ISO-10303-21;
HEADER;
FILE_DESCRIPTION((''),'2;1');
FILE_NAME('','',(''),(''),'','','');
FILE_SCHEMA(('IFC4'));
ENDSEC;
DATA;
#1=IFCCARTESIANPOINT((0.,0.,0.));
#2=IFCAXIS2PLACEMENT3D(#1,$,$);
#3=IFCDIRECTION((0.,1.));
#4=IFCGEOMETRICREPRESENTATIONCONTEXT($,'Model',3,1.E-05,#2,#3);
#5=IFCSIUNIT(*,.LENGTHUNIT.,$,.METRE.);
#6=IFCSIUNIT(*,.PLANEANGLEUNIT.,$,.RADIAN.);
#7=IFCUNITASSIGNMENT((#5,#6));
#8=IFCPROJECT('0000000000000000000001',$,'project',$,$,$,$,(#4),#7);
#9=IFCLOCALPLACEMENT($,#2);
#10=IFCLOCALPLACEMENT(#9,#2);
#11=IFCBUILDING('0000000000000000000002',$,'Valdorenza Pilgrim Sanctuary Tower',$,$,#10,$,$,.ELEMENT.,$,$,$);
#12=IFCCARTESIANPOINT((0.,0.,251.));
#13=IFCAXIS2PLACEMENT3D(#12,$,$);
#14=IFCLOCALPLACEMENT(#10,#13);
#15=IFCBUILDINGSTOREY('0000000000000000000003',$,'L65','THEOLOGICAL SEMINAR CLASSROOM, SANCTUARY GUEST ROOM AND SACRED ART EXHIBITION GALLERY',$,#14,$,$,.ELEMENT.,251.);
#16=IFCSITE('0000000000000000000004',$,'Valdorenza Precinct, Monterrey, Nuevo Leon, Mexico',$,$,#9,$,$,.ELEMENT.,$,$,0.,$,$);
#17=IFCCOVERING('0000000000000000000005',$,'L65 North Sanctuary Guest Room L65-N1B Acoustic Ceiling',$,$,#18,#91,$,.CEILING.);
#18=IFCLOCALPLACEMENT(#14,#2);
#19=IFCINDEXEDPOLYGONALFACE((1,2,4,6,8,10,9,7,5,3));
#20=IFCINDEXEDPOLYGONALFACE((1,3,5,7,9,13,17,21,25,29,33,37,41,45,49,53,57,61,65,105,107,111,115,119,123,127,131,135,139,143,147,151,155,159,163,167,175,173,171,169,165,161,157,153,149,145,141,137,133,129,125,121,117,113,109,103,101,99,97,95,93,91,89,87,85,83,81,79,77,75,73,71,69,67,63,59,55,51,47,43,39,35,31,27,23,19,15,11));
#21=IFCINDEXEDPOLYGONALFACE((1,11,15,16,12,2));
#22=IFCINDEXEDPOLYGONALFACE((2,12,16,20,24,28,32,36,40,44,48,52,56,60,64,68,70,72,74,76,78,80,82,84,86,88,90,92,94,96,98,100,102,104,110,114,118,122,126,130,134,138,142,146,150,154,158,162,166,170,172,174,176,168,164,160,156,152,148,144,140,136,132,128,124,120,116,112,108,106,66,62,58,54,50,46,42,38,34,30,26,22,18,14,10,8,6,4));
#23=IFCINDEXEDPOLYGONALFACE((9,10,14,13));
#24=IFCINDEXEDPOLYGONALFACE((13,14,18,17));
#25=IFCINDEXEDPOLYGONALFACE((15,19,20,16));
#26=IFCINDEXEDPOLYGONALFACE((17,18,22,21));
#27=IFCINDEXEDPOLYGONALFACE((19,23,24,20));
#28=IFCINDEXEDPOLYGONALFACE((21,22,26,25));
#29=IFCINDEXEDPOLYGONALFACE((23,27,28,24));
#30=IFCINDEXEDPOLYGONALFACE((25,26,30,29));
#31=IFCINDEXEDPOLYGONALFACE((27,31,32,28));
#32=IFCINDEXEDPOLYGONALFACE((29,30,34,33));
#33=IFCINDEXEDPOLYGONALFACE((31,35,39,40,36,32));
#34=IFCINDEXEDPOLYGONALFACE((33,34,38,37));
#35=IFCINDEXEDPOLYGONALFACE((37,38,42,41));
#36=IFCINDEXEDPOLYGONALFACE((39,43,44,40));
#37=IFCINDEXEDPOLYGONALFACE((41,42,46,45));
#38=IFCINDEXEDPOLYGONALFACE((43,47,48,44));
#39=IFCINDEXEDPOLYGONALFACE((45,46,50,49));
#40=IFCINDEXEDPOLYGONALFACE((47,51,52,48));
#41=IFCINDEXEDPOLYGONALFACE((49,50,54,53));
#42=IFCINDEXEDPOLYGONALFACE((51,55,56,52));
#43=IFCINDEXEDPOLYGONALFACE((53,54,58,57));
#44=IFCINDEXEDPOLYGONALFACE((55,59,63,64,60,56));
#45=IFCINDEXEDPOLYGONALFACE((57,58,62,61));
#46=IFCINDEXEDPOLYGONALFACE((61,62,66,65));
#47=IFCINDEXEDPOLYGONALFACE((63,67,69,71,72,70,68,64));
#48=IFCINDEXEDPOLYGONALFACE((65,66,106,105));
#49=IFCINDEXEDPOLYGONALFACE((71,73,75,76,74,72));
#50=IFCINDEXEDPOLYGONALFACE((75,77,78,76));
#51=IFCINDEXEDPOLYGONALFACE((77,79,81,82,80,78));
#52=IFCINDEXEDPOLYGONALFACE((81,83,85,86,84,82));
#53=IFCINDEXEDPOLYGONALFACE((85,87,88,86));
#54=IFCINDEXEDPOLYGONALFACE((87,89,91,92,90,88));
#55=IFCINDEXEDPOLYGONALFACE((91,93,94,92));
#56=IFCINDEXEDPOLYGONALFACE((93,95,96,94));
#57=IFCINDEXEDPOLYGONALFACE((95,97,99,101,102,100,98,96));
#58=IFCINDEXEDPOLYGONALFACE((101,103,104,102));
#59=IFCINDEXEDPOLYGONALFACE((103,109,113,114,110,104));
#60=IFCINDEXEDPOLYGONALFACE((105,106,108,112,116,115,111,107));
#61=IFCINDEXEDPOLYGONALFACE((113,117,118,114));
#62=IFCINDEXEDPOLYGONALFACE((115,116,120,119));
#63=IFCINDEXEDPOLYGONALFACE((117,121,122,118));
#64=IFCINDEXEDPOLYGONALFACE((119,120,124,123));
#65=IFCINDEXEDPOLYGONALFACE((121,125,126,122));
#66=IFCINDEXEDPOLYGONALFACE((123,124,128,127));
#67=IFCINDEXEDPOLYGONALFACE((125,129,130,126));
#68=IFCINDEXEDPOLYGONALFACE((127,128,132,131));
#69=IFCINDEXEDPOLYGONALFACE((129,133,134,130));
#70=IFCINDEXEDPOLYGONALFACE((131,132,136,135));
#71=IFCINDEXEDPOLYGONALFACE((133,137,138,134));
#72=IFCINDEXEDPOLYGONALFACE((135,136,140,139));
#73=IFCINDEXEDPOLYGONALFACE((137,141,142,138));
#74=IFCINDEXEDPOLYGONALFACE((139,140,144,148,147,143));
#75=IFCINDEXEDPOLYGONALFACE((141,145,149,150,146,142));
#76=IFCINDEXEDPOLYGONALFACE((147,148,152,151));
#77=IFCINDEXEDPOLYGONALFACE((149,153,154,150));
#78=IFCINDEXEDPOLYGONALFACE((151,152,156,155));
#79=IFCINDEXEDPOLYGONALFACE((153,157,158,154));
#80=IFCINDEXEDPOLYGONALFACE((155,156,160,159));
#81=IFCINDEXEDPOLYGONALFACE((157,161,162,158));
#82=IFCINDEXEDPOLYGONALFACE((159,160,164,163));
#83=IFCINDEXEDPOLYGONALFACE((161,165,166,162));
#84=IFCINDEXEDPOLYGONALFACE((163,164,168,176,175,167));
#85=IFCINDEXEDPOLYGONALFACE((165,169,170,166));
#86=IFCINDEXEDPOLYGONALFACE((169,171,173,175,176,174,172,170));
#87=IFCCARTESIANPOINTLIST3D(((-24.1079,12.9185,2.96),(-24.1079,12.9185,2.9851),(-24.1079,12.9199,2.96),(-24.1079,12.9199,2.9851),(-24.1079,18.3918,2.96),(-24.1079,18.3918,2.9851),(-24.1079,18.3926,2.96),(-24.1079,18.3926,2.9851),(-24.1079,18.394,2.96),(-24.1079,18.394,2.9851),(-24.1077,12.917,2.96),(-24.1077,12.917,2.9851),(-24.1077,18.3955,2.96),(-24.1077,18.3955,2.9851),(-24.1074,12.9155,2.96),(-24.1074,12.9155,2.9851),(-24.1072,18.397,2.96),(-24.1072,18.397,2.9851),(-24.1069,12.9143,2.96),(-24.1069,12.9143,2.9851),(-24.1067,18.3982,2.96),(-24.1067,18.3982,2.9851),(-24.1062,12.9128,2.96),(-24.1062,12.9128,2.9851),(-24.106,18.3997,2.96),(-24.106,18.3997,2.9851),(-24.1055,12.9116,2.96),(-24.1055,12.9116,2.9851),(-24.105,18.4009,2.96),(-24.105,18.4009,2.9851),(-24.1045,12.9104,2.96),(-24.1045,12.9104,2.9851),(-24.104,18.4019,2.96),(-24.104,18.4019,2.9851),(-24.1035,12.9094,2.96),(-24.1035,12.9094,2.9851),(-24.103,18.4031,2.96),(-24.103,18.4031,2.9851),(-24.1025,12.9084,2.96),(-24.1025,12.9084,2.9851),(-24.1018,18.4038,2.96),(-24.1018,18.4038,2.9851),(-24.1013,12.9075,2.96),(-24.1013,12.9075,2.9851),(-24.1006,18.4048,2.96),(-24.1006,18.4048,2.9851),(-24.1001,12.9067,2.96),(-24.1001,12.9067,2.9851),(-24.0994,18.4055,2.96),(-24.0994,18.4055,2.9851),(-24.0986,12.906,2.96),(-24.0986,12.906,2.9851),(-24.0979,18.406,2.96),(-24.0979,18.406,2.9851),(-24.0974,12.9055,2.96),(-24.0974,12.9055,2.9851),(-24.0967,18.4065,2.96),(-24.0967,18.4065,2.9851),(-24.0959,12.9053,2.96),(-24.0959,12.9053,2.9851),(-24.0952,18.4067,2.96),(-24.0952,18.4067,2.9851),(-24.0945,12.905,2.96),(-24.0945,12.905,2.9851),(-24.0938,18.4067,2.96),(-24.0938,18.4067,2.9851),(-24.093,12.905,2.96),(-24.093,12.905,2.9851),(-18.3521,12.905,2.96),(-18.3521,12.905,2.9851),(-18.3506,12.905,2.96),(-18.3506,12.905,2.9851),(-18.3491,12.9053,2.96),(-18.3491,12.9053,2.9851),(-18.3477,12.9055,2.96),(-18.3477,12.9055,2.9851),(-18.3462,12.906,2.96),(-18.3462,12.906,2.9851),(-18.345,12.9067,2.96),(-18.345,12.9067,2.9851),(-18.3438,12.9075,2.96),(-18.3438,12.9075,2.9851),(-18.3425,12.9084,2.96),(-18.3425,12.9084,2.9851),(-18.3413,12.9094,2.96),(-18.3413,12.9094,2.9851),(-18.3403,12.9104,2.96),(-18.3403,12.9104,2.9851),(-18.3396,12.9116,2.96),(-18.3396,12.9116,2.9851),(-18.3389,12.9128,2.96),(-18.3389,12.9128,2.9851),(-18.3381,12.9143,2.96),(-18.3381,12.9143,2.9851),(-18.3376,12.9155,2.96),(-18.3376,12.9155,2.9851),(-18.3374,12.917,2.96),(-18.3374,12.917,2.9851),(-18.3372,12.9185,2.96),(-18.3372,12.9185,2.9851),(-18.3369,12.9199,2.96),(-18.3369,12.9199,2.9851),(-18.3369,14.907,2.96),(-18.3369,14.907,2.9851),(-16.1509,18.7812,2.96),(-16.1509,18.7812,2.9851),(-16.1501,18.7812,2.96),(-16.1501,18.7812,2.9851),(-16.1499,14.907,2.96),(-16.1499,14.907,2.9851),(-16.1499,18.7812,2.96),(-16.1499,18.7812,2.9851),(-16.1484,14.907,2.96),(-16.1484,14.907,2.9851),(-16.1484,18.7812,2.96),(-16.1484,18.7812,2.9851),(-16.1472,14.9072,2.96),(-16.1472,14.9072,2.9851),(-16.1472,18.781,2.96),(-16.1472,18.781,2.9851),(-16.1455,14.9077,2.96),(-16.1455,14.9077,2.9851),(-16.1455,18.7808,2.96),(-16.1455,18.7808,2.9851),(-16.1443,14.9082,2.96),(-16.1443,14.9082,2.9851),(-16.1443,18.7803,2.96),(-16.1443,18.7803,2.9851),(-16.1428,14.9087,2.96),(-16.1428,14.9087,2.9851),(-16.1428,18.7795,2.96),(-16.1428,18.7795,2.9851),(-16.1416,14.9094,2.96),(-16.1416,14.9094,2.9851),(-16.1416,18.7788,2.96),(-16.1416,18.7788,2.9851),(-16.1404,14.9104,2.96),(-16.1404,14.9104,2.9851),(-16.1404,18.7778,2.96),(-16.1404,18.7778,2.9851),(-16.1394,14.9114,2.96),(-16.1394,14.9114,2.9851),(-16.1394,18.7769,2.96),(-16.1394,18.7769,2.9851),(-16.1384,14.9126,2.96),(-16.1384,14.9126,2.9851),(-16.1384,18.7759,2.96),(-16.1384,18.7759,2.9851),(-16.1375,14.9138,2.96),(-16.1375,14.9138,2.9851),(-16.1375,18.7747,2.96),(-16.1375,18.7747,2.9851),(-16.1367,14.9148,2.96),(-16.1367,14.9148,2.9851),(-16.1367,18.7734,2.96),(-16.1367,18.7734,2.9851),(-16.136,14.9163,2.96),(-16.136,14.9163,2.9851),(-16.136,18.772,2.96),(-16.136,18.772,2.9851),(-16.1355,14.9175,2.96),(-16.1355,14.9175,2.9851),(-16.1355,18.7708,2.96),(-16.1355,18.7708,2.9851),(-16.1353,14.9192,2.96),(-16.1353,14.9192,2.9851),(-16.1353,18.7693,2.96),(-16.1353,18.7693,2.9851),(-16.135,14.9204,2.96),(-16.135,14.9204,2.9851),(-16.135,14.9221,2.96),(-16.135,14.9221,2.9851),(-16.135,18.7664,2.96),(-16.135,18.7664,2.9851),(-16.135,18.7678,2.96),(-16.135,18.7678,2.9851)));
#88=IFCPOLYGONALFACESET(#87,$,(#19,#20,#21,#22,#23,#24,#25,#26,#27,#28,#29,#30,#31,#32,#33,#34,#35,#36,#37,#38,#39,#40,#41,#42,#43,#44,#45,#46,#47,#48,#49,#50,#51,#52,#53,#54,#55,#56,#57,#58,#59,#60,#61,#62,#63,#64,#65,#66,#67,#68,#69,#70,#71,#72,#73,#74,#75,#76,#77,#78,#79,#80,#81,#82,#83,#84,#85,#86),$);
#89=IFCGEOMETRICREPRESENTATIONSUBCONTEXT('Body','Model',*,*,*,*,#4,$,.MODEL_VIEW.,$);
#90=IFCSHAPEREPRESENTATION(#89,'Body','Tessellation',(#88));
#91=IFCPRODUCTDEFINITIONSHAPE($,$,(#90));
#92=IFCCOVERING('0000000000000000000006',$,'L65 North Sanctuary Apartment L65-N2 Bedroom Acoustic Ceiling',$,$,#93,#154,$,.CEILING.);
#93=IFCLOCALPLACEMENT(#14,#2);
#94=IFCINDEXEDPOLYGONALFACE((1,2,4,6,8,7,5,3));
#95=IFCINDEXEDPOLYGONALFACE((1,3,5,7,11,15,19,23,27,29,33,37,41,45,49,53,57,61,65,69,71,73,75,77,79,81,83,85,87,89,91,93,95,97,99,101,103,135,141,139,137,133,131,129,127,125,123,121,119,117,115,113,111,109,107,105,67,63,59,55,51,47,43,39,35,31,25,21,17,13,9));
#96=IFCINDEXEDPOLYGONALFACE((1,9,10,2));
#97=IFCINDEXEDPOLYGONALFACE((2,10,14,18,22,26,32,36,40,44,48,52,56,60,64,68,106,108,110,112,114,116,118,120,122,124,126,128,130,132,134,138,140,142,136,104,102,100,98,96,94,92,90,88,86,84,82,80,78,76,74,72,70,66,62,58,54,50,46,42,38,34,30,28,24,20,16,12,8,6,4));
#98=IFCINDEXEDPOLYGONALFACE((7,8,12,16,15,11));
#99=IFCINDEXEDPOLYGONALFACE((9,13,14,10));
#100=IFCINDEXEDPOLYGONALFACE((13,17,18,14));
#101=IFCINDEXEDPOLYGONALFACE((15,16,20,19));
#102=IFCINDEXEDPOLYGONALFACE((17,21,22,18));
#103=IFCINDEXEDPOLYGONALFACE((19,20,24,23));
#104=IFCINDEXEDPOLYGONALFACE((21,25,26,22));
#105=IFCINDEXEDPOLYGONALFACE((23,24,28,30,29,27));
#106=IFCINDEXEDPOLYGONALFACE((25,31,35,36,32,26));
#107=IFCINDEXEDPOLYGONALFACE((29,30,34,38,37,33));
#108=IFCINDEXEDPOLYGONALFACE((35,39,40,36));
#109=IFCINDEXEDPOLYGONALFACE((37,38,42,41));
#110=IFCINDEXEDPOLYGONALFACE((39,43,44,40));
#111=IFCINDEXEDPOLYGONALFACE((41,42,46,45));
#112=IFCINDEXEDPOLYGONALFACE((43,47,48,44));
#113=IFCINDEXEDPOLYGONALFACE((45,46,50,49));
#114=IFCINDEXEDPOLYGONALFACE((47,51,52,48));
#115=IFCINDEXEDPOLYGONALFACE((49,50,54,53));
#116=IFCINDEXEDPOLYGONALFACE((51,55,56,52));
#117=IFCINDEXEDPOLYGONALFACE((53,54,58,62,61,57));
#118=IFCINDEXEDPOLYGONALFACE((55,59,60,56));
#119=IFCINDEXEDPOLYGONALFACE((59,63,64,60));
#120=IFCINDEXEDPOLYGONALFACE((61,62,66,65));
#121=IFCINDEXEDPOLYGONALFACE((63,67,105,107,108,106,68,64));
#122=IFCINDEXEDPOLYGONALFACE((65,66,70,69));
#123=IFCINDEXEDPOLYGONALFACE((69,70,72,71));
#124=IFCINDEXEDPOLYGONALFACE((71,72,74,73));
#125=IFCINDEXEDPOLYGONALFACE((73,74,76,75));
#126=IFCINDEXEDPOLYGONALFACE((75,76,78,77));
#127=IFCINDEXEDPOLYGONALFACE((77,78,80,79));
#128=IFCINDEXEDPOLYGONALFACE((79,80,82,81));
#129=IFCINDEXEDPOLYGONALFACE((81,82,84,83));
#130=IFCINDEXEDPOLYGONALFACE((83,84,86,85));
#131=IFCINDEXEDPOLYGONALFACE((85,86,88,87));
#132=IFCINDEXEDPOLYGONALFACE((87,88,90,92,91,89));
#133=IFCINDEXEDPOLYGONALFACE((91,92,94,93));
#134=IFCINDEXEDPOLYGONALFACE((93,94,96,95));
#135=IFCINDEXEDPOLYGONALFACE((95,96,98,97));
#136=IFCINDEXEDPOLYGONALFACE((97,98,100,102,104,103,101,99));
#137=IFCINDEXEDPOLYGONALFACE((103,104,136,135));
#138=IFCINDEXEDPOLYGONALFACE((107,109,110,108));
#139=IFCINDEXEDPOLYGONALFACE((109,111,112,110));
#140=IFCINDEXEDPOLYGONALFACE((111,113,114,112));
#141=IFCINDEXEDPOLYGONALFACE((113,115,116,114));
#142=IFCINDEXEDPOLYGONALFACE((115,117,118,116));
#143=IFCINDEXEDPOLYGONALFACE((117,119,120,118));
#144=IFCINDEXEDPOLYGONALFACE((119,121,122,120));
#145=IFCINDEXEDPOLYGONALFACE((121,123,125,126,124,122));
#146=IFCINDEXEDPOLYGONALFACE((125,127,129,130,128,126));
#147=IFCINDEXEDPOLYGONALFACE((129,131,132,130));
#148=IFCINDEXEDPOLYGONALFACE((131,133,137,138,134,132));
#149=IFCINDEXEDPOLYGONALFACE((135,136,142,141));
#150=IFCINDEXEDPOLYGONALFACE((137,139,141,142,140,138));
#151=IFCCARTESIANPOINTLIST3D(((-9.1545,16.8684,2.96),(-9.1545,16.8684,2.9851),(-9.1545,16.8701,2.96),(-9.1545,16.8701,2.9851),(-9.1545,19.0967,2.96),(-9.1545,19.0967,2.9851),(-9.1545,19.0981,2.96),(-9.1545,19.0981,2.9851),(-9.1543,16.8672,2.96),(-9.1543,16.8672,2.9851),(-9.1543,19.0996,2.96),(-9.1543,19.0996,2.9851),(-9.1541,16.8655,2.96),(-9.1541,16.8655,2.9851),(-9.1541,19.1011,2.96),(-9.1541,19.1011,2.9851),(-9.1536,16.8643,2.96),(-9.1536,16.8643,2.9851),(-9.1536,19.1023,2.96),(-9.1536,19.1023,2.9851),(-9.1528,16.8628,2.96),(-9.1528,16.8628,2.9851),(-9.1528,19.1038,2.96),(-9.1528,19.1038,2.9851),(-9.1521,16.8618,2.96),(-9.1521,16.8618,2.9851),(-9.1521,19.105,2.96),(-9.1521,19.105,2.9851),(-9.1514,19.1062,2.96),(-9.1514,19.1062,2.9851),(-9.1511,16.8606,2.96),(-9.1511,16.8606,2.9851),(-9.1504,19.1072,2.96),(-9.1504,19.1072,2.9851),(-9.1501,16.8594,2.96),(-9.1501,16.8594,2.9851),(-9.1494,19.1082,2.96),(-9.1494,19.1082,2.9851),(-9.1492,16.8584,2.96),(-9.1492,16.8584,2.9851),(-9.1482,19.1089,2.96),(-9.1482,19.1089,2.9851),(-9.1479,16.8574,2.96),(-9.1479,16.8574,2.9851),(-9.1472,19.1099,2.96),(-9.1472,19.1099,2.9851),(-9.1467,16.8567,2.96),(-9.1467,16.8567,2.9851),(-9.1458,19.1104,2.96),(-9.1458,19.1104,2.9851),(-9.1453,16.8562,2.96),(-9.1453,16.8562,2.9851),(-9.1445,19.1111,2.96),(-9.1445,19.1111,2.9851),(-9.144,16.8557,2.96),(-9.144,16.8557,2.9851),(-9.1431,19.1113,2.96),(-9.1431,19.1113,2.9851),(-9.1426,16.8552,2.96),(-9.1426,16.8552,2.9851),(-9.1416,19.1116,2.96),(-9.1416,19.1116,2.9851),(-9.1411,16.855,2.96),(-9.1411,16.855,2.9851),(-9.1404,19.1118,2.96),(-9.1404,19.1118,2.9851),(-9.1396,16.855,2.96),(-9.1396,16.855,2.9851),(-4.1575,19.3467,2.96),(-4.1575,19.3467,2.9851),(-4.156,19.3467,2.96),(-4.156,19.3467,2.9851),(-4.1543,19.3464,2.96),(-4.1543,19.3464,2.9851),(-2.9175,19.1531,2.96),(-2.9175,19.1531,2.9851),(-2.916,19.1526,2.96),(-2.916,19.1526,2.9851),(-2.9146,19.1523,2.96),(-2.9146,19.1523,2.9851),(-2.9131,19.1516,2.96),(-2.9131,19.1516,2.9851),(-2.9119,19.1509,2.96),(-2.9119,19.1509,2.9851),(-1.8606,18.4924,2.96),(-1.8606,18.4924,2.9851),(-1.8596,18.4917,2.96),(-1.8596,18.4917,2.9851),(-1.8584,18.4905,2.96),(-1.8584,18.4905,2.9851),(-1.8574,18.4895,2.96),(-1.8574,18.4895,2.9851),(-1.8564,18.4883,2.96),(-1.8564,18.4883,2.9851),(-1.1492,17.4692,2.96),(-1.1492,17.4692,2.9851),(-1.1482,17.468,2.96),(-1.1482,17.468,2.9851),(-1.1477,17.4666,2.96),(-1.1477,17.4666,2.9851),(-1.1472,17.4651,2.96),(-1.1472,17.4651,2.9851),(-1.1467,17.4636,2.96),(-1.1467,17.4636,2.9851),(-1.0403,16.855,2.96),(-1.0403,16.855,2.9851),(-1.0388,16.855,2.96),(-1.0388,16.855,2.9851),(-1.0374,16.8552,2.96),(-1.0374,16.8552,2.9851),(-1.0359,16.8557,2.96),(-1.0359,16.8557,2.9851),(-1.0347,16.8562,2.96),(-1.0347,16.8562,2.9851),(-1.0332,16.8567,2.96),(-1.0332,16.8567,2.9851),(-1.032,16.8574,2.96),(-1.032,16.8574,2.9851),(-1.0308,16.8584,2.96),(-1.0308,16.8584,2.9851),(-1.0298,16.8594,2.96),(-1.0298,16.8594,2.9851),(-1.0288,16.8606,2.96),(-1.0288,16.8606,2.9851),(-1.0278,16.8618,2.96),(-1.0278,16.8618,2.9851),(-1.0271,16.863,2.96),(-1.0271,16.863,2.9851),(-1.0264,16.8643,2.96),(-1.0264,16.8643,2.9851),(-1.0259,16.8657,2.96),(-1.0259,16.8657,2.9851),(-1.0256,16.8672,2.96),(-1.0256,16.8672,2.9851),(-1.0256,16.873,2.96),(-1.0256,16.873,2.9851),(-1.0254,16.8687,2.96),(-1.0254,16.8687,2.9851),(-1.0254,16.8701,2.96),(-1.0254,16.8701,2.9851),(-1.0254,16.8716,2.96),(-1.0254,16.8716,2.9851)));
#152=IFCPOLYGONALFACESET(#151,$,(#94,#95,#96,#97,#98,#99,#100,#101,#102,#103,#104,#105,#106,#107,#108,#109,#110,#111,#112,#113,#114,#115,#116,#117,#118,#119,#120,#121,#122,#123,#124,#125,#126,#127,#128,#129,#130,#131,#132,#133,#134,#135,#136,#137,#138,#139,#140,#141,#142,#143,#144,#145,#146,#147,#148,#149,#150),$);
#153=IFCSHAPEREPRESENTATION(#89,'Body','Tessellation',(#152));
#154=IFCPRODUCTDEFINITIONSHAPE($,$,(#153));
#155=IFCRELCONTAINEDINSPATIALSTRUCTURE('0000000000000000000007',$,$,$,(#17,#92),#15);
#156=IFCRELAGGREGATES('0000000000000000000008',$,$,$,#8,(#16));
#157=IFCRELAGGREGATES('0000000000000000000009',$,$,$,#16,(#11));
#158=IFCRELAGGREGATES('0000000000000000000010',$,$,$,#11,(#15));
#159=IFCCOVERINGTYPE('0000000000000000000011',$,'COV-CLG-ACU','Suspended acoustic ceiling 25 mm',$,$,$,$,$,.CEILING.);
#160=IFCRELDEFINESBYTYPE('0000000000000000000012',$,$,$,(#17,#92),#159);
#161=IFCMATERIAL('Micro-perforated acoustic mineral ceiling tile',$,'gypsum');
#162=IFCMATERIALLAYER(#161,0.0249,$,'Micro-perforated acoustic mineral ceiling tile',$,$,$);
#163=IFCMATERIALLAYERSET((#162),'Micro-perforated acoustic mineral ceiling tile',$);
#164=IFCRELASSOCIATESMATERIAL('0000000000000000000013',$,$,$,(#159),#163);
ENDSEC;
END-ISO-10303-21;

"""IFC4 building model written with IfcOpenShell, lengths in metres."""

from ifc_helpers import new_model, si_unit, direction, frame, origin, place, context, subcontext, project, spatial, polyline, outline, extrude, material, layer, layer_set, type_object, element, save


model = new_model("IFC4")

# Units and contexts
model_context = context("Model", 3, precision=1e-05, world=origin(), true_north=direction((0.0, 1.0)))
body_context = subcontext(model_context, "Body", "Model", "MODEL_VIEW")
ifc_project = project(units=[si_unit("LENGTHUNIT", "METRE"), si_unit("PLANEANGLEUNIT", "RADIAN")], contexts=[model_context])

# Site, building, storey
site_placement = place(None, origin())
site = spatial("IfcSite", under=ifc_project, at=site_placement, Name="Valdorenza Precinct, Monterrey, Nuevo Leon, Mexico", CompositionType="ELEMENT", RefElevation=0.0)
building_placement = place(site_placement, origin())
building = spatial("IfcBuilding", under=site, at=building_placement, Name="Valdorenza Pilgrim Sanctuary Tower", CompositionType="ELEMENT")
storey_placement = place(building_placement, frame((0.0, 0.0, 251.0)))
storey = spatial("IfcBuildingStorey", under=building, at=storey_placement, Name="L65", Description="THEOLOGICAL SEMINAR CLASSROOM, SANCTUARY GUEST ROOM AND SACRED ART EXHIBITION GALLERY", CompositionType="ELEMENT", Elevation=251.0)

# Coverings
ifc_material_1 = material(Name="Micro-perforated acoustic mineral ceiling tile", Category="gypsum")
ifc_layer_1 = layer(ifc_material_1, 0.0249, Name="Micro-perforated acoustic mineral ceiling tile")
ifc_layer_set_1 = layer_set([ifc_layer_1], Name="Micro-perforated acoustic mineral ceiling tile")
covering_type_1 = type_object("IfcCoveringType", Name="COV-CLG-ACU", Description="Suspended acoustic ceiling 25 mm", PredefinedType="CEILING", material=ifc_layer_set_1)
covering_1_placement = place(storey_placement, frame((0.0, 0.0, 2.96)))
element("IfcCovering", 1, at=covering_1_placement, inside=storey, type_object=covering_type_1, Name="L65 North Sanctuary Guest Room L65-N1B Acoustic Ceiling", PredefinedType="CEILING", context=body_context, shape_type="SweptSolid", body=[
    extrude(outline(polyline([(-24.1079, 18.3918), (-24.1079, 18.3926), (-24.1079, 18.394), (-24.1077, 18.3955), (-24.1072, 18.397), (-24.1067, 18.3982), (-24.106, 18.3997), (-24.105, 18.4009), (-24.104, 18.4019), (-24.103, 18.4031), (-24.1018, 18.4038), (-24.1006, 18.4048), (-24.0994, 18.4055), (-24.0979, 18.406), (-24.0967, 18.4065), (-24.0952, 18.4067), (-24.0938, 18.4067), (-16.1509, 18.7812), (-16.1501, 18.7812), (-16.1499, 18.7812), (-16.1484, 18.7812), (-16.1472, 18.781), (-16.1455, 18.7808), (-16.1443, 18.7803), (-16.1428, 18.7795), (-16.1416, 18.7788), (-16.1404, 18.7778), (-16.1394, 18.7769), (-16.1384, 18.7759), (-16.1375, 18.7747), (-16.1367, 18.7734), (-16.136, 18.772), (-16.1355, 18.7708), (-16.1353, 18.7693), (-16.135, 18.7678), (-16.135, 18.7664), (-16.135, 14.9221), (-16.135, 14.9204), (-16.1353, 14.9192), (-16.1355, 14.9175), (-16.136, 14.9163), (-16.1367, 14.9148), (-16.1375, 14.9138), (-16.1384, 14.9126), (-16.1394, 14.9114), (-16.1404, 14.9104), (-16.1416, 14.9094), (-16.1428, 14.9087), (-16.1443, 14.9082), (-16.1455, 14.9077), (-16.1472, 14.9072), (-16.1484, 14.907), (-16.1499, 14.907), (-18.3369, 14.907), (-18.3369, 12.9199), (-18.3372, 12.9185), (-18.3374, 12.917), (-18.3376, 12.9155), (-18.3381, 12.9143), (-18.3389, 12.9128), (-18.3396, 12.9116), (-18.3403, 12.9104), (-18.3413, 12.9094), (-18.3425, 12.9084), (-18.3438, 12.9075), (-18.345, 12.9067), (-18.3462, 12.906), (-18.3477, 12.9055), (-18.3491, 12.9053), (-18.3506, 12.905), (-18.3521, 12.905), (-24.093, 12.905), (-24.0945, 12.905), (-24.0959, 12.9053), (-24.0974, 12.9055), (-24.0986, 12.906), (-24.1001, 12.9067), (-24.1013, 12.9075), (-24.1025, 12.9084), (-24.1035, 12.9094), (-24.1045, 12.9104), (-24.1055, 12.9116), (-24.1062, 12.9128), (-24.1069, 12.9143), (-24.1074, 12.9155), (-24.1077, 12.917), (-24.1079, 12.9185), (-24.1079, 12.9199), (-24.1079, 18.3918), (-24.1079, 18.3918)])), origin(), (0.0, 0.0, 1.0), 0.0251),
])
covering_2_placement = place(storey_placement, frame((0.0, 0.0, 2.96)))
element("IfcCovering", 2, at=covering_2_placement, inside=storey, type_object=covering_type_1, Name="L65 North Sanctuary Apartment L65-N2 Bedroom Acoustic Ceiling", PredefinedType="CEILING", context=body_context, shape_type="SweptSolid", body=[
    extrude(outline(polyline([(-9.1545, 19.0967), (-9.1545, 19.0981), (-9.1543, 19.0996), (-9.1541, 19.1011), (-9.1536, 19.1023), (-9.1528, 19.1038), (-9.1521, 19.105), (-9.1514, 19.1062), (-9.1504, 19.1072), (-9.1494, 19.1082), (-9.1482, 19.1089), (-9.1472, 19.1099), (-9.1458, 19.1104), (-9.1445, 19.1111), (-9.1431, 19.1113), (-9.1416, 19.1116), (-9.1404, 19.1118), (-4.1575, 19.3467), (-4.156, 19.3467), (-4.1543, 19.3464), (-2.9175, 19.1531), (-2.916, 19.1526), (-2.9146, 19.1523), (-2.9131, 19.1516), (-2.9119, 19.1509), (-1.8606, 18.4924), (-1.8596, 18.4917), (-1.8584, 18.4905), (-1.8574, 18.4895), (-1.8564, 18.4883), (-1.1492, 17.4692), (-1.1482, 17.468), (-1.1477, 17.4666), (-1.1472, 17.4651), (-1.1467, 17.4636), (-1.0256, 16.873), (-1.0254, 16.8716), (-1.0254, 16.8701), (-1.0254, 16.8687), (-1.0256, 16.8672), (-1.0259, 16.8657), (-1.0264, 16.8643), (-1.0271, 16.863), (-1.0278, 16.8618), (-1.0288, 16.8606), (-1.0298, 16.8594), (-1.0308, 16.8584), (-1.032, 16.8574), (-1.0332, 16.8567), (-1.0347, 16.8562), (-1.0359, 16.8557), (-1.0374, 16.8552), (-1.0388, 16.855), (-1.0403, 16.855), (-9.1396, 16.855), (-9.1411, 16.855), (-9.1426, 16.8552), (-9.144, 16.8557), (-9.1453, 16.8562), (-9.1467, 16.8567), (-9.1479, 16.8574), (-9.1492, 16.8584), (-9.1501, 16.8594), (-9.1511, 16.8606), (-9.1521, 16.8618), (-9.1528, 16.8628), (-9.1536, 16.8643), (-9.1541, 16.8655), (-9.1543, 16.8672), (-9.1545, 16.8684), (-9.1545, 16.8701), (-9.1545, 19.0967)])), origin(), (0.0, 0.0, 1.0), 0.0251),
])

save(model, "model.ifc")
